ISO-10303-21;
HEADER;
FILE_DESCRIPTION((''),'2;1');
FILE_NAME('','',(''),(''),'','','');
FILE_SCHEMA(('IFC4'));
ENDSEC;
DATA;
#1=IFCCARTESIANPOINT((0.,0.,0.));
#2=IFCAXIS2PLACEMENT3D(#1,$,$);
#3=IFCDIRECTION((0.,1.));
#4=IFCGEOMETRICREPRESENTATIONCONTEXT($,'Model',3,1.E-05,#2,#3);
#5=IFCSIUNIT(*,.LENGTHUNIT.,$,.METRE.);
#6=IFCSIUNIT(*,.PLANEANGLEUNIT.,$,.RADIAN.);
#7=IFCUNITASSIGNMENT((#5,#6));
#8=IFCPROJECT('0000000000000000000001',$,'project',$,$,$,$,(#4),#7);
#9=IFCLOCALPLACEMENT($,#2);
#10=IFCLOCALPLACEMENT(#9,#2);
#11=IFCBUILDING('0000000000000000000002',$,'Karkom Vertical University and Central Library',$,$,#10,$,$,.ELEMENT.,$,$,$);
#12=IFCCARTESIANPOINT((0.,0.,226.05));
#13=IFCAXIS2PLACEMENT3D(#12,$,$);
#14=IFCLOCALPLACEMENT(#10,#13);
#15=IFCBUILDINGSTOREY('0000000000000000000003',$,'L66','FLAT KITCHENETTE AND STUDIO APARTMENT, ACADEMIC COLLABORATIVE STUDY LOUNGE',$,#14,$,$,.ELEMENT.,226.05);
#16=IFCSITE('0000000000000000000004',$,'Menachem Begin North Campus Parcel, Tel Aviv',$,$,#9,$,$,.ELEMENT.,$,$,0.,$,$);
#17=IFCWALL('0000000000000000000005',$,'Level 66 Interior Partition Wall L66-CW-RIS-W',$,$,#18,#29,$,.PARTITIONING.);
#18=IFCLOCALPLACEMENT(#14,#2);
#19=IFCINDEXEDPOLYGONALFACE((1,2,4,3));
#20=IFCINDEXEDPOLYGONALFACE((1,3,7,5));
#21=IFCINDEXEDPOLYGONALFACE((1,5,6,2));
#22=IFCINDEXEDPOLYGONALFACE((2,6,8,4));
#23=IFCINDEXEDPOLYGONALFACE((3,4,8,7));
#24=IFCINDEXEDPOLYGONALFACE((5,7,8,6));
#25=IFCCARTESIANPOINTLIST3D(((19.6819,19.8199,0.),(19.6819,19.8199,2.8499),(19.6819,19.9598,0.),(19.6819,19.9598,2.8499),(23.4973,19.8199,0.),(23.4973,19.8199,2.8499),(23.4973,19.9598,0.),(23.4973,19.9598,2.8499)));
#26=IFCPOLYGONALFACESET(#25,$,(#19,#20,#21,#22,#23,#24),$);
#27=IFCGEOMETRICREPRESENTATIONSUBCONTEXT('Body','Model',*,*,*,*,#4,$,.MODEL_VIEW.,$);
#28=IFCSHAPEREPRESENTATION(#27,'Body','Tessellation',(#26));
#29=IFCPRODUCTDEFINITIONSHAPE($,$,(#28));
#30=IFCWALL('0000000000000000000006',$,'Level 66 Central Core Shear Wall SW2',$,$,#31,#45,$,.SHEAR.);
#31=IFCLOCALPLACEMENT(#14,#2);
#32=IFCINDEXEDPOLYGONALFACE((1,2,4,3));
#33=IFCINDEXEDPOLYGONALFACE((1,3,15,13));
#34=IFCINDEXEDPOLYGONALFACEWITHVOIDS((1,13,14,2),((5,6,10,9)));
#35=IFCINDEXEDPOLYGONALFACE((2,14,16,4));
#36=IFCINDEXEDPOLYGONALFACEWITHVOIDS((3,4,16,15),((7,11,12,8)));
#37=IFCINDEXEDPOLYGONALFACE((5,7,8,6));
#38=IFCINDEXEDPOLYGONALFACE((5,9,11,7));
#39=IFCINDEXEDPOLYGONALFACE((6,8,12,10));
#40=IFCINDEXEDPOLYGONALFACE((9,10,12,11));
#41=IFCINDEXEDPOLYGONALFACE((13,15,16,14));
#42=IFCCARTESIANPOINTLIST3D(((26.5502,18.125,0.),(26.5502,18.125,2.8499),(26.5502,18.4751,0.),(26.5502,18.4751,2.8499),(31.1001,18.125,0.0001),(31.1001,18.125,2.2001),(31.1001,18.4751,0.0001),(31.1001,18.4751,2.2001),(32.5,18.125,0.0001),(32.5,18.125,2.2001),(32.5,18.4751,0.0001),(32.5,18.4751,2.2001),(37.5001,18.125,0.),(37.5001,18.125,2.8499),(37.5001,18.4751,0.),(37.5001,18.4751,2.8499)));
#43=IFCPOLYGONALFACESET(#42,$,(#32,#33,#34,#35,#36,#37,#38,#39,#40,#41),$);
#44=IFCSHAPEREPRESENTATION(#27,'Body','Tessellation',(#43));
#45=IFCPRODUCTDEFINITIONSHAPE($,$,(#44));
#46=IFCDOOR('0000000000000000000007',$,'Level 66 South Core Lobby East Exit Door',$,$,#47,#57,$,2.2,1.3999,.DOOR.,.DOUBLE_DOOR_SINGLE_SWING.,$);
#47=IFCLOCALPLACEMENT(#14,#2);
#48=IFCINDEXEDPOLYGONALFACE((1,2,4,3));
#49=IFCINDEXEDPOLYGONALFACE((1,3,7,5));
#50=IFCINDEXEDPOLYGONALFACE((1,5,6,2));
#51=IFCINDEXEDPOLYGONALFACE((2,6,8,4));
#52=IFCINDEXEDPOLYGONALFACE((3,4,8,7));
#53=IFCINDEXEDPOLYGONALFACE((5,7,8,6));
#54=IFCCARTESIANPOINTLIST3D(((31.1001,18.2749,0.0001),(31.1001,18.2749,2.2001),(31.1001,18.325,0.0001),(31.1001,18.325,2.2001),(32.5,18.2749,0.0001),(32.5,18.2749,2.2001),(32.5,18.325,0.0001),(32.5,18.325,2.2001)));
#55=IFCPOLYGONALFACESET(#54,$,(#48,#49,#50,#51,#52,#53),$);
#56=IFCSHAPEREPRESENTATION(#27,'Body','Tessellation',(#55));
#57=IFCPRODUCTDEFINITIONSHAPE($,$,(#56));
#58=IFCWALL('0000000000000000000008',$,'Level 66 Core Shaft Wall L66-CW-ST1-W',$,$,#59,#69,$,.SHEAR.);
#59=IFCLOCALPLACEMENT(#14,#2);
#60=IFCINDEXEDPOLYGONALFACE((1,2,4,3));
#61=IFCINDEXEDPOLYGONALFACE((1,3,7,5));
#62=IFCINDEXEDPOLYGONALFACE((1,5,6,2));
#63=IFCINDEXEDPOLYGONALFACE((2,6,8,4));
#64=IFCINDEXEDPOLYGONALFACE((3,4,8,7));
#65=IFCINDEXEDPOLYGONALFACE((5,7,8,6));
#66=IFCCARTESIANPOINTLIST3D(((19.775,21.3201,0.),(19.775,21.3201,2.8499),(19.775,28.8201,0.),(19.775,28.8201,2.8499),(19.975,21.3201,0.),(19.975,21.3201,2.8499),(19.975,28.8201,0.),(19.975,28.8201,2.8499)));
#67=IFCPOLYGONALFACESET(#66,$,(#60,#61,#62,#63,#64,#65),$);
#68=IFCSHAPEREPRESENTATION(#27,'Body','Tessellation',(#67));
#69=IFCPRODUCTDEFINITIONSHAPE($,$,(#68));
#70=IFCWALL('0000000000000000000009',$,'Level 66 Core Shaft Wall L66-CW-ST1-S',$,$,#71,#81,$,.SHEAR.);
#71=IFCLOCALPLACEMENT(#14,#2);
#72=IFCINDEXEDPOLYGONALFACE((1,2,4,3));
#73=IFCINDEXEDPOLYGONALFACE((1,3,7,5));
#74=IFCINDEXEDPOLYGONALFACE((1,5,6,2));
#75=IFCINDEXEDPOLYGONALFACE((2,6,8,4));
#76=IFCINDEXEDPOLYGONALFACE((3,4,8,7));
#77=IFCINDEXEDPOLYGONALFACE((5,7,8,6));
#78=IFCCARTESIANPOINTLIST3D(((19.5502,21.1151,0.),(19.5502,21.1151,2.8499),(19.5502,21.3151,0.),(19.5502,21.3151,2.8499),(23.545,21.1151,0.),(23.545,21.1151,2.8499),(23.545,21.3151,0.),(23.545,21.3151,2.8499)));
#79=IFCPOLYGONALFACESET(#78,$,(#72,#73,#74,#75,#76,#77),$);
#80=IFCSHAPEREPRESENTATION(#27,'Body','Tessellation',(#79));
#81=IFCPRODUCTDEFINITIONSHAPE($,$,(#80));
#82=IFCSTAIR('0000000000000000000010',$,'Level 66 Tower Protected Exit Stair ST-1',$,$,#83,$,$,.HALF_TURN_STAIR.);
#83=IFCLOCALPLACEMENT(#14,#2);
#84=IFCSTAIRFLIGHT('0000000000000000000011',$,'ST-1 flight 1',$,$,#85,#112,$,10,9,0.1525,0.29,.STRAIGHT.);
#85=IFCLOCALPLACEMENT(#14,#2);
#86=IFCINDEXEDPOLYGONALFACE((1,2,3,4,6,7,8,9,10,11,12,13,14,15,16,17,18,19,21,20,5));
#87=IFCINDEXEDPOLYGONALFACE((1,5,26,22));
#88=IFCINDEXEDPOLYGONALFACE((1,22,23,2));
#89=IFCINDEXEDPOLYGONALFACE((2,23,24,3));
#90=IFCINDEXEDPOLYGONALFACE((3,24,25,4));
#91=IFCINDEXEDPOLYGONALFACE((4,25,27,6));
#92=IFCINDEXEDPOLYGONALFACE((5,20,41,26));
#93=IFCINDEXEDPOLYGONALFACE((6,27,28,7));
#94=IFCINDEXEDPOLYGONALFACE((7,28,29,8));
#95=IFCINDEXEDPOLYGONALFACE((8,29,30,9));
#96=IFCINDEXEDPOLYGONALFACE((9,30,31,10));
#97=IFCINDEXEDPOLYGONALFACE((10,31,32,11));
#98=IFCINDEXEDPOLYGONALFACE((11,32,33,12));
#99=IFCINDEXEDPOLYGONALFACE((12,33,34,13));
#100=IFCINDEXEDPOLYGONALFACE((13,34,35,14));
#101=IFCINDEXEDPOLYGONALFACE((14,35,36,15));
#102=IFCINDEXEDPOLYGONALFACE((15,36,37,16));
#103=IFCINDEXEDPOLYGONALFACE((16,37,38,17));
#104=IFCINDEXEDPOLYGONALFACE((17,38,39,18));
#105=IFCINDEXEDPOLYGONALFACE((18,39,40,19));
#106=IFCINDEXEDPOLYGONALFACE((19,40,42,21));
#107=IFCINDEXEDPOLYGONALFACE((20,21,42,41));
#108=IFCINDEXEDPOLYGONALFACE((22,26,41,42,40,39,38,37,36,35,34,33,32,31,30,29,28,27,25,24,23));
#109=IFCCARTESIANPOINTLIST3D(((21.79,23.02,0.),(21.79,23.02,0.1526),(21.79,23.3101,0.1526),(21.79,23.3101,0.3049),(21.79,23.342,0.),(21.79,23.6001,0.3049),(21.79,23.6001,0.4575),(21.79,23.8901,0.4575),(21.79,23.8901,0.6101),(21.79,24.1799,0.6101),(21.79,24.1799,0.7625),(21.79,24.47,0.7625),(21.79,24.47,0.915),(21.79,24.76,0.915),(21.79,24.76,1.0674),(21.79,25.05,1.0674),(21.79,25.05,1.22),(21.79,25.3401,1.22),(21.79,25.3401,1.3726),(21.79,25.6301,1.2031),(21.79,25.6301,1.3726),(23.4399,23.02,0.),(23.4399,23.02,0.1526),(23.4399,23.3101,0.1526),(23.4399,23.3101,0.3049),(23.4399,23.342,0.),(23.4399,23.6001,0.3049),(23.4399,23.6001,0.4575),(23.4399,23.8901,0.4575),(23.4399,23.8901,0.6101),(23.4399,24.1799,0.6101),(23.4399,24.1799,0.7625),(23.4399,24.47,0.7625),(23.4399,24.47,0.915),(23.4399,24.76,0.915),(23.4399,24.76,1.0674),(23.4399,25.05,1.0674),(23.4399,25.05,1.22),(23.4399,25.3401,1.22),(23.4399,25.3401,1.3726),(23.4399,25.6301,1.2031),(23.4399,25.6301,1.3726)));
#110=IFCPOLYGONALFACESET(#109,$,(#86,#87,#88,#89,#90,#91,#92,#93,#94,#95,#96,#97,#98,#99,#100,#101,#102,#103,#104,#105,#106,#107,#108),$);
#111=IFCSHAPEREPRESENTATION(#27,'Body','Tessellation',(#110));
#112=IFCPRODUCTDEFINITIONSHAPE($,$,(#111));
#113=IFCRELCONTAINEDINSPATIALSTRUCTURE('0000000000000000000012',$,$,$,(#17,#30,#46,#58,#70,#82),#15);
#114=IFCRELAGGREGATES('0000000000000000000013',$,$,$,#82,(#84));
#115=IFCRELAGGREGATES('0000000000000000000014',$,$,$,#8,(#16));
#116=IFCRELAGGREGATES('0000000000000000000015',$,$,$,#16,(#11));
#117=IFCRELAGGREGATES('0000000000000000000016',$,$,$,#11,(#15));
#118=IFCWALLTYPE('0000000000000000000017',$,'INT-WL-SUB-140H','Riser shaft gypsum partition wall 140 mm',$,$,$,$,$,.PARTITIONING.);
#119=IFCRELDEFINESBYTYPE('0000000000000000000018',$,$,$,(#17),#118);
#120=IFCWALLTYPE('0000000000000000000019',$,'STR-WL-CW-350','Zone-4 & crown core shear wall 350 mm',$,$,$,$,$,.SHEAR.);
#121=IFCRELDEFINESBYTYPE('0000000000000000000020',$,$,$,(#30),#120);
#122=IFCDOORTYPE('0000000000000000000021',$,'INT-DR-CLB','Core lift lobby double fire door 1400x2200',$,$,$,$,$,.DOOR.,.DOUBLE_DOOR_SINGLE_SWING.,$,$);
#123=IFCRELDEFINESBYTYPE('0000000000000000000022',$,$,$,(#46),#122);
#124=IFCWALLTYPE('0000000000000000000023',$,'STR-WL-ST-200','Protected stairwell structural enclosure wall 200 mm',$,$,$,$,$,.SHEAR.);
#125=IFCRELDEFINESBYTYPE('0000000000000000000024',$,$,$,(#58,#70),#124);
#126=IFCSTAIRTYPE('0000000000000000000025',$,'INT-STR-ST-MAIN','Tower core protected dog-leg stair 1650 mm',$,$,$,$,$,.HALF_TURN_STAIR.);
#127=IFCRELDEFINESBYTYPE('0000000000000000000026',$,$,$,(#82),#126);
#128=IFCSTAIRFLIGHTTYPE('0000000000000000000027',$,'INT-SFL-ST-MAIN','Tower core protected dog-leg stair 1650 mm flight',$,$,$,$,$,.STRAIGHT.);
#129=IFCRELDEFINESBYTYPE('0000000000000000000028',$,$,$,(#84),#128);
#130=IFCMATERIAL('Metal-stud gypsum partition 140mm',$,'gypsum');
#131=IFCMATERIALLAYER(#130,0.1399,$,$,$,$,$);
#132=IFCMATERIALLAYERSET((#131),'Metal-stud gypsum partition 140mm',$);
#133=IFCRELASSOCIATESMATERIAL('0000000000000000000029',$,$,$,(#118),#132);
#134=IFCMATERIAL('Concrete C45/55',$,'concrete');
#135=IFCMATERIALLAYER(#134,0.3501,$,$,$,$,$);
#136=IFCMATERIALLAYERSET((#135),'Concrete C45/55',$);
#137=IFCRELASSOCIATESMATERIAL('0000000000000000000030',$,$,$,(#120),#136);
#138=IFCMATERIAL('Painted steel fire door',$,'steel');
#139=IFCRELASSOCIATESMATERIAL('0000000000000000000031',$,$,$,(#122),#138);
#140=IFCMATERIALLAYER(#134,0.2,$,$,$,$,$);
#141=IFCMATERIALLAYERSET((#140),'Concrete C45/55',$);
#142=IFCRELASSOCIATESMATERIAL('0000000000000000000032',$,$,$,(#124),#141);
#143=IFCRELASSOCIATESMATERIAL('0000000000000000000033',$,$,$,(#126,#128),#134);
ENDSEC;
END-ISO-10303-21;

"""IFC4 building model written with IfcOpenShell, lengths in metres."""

from ifc_helpers import new_model, si_unit, direction, frame, frame_2d, origin, origin_with_axes, place, context, subcontext, project, spatial, polyline, rectangle, outline, extrude, source, transform, mapped, material, layer, layer_set, type_object, element, fill, aggregate, save


model = new_model("IFC4")

# Units and contexts
model_context = context("Model", 3, precision=1e-05, world=origin(), true_north=direction((0.0, 1.0)))
body_context = subcontext(model_context, "Body", "Model", "MODEL_VIEW")
ifc_project = project(units=[si_unit("LENGTHUNIT", "METRE"), si_unit("PLANEANGLEUNIT", "RADIAN")], contexts=[model_context])

# Site, building, storey
site_placement = place(None, origin())
site = spatial("IfcSite", under=ifc_project, at=site_placement, Name="Menachem Begin North Campus Parcel, Tel Aviv", CompositionType="ELEMENT", RefElevation=0.0)
building_placement = place(site_placement, origin())
building = spatial("IfcBuilding", under=site, at=building_placement, Name="Karkom Vertical University and Central Library", CompositionType="ELEMENT")
storey_placement = place(building_placement, frame((0.0, 0.0, 226.05)))
storey = spatial("IfcBuildingStorey", under=building, at=storey_placement, Name="L66", Description="FLAT KITCHENETTE AND STUDIO APARTMENT, ACADEMIC COLLABORATIVE STUDY LOUNGE", CompositionType="ELEMENT", Elevation=226.05)

# Shared definitions
ifc_material_1 = material(Name="Concrete C45/55", Category="concrete")

# Shared definitions
ifc_material_2 = material(Name="Metal-stud gypsum partition 140mm", Category="gypsum")

# Wall
ifc_layer_1 = layer(ifc_material_2, 0.1399)
ifc_layer_set_1 = layer_set([ifc_layer_1], Name="Metal-stud gypsum partition 140mm")
wall_type_1 = type_object("IfcWallType", Name="INT-WL-SUB-140H", Description="Riser shaft gypsum partition wall 140 mm", PredefinedType="PARTITIONING", material=ifc_layer_set_1)
wall_1_placement = place(storey_placement, frame((19.6819, 19.8899, 0.0), z_axis=(0.0, 0.0, 1.0), x_axis=(1.0, 0.0, 0.0)))
element("IfcWall", 1, at=wall_1_placement, inside=storey, type_object=wall_type_1, Name="Level 66 Interior Partition Wall L66-CW-RIS-W", PredefinedType="PARTITIONING", context=body_context, shape_type="SweptSolid", body=[
    extrude(rectangle(XDim=3.8154, YDim=0.1399, at=frame_2d((1.9077, 0.0))), origin(), (0.0, 0.0, 1.0), 2.8499),
])

# Wall, opening, door
ifc_layer_2 = layer(ifc_material_1, 0.3501)
ifc_layer_set_2 = layer_set([ifc_layer_2], Name="Concrete C45/55")
wall_type_2 = type_object("IfcWallType", Name="STR-WL-CW-350", Description="Zone-4 & crown core shear wall 350 mm", PredefinedType="SHEAR", material=ifc_layer_set_2)
wall_2_placement = place(storey_placement, frame((26.55, 18.3, 0.0), z_axis=(0.0, 0.0, 1.0), x_axis=(1.0, 0.0, 0.0)))
wall_2 = element("IfcWall", 2, at=wall_2_placement, inside=storey, type_object=wall_type_2, Name="Level 66 Central Core Shear Wall SW2", PredefinedType="SHEAR", context=body_context, shape_type="SweptSolid", body=[
    extrude(rectangle(XDim=10.95, YDim=0.3501, at=frame_2d((5.4751, 0.0))), origin(), (0.0, 0.0, 1.0), 2.8499),
])
opening_1_placement = place(wall_2_placement, frame((4.55, 0.0, 0.0)))
opening_1 = element("IfcOpeningElement", 3, at=opening_1_placement, cuts=wall_2, PredefinedType="OPENING", context=body_context, shape_type="SweptSolid", body=[
    extrude(rectangle(XDim=1.3999, YDim=2.2, at=frame_2d((0.7, 1.1001))), frame((0.0, 0.1851, 0.0), z_axis=(0.0, -1.0, 0.0), x_axis=(1.0, 0.0, 0.0)), (0.0, 0.0, 1.0), 0.3701),
])
ifc_material_3 = material(Name="Painted steel fire door", Category="steel")
door_type_1 = type_object("IfcDoorType", Name="INT-DR-CLB", Description="Core lift lobby double fire door 1400x2200", OperationType="DOUBLE_DOOR_SINGLE_SWING", PredefinedType="DOOR", material=ifc_material_3)
shared_shape_1 = source(origin_with_axes(), body_context, "Body", "SweptSolid", [
    extrude(rectangle(XDim=1.3999, YDim=2.2, at=frame_2d((0.7, 1.1001))), frame((0.0, 0.0249, 0.0), z_axis=(0.0, -1.0, 0.0), x_axis=(1.0, 0.0, 0.0)), (0.0, 0.0, 1.0), 0.05),
])
door_1_placement = place(opening_1_placement, origin())
door_1 = element("IfcDoor", 4, at=door_1_placement, inside=storey, type_object=door_type_1, Name="Level 66 South Core Lobby East Exit Door", OperationType="DOUBLE_DOOR_SINGLE_SWING", OverallHeight=2.2, OverallWidth=1.3999, PredefinedType="DOOR", context=body_context, shape_type="MappedRepresentation", body=[
    mapped(shared_shape_1, transform((0.0, 0.0, 0.0), scale=1.0)),
])
fill(opening_1, door_1)

# Shared definitions
ifc_layer_3 = layer(ifc_material_1, 0.2)
ifc_layer_set_3 = layer_set([ifc_layer_3], Name="Concrete C45/55")
wall_type_3 = type_object("IfcWallType", Name="STR-WL-ST-200", Description="Protected stairwell structural enclosure wall 200 mm", PredefinedType="SHEAR", material=ifc_layer_set_3)

# Walls
wall_3_placement = place(storey_placement, frame((19.875, 21.3201, 0.0), z_axis=(0.0, 0.0, 1.0), x_axis=(0.0, 1.0, 0.0)))
element("IfcWall", 5, at=wall_3_placement, inside=storey, type_object=wall_type_3, Name="Level 66 Core Shaft Wall L66-CW-ST1-W", PredefinedType="SHEAR", context=body_context, shape_type="SweptSolid", body=[
    extrude(rectangle(XDim=7.5, YDim=0.2, at=frame_2d((3.75, 0.0))), origin(), (0.0, 0.0, 1.0), 2.8499),
])
wall_4_placement = place(storey_placement, frame((19.55, 21.2151, 0.0), z_axis=(0.0, 0.0, 1.0), x_axis=(1.0, 0.0, 0.0)))
element("IfcWall", 6, at=wall_4_placement, inside=storey, type_object=wall_type_3, Name="Level 66 Core Shaft Wall L66-CW-ST1-S", PredefinedType="SHEAR", context=body_context, shape_type="SweptSolid", body=[
    extrude(rectangle(XDim=3.9949, YDim=0.2, at=frame_2d((1.9976, 0.0))), origin(), (0.0, 0.0, 1.0), 2.8499),
])

# Stair, stair flight
stair_type = type_object("IfcStairType", Name="INT-STR-ST-MAIN", Description="Tower core protected dog-leg stair 1650 mm", PredefinedType="HALF_TURN_STAIR", material=ifc_material_1)
stair_placement = place(storey_placement, origin())
stair = element("IfcStair", 7, at=stair_placement, inside=storey, type_object=stair_type, Name="Level 66 Tower Protected Exit Stair ST-1", PredefinedType="HALF_TURN_STAIR")
stair_flight_type = type_object("IfcStairFlightType", Name="INT-SFL-ST-MAIN", Description="Tower core protected dog-leg stair 1650 mm flight", PredefinedType="STRAIGHT", material=ifc_material_1)
stair_flight_placement = place(storey_placement, frame((22.615, 23.02, 0.0), z_axis=(0.0, 0.0, 1.0), x_axis=(0.0, 1.0, 0.0)))
stair_flight = element("IfcStairFlight", 8, at=stair_flight_placement, type_object=stair_flight_type, Name="ST-1 flight 1", NumberOfRisers=10, NumberOfTreads=9, PredefinedType="STRAIGHT", RiserHeight=0.1525, TreadLength=0.29, context=body_context, shape_type="SweptSolid", body=[
    extrude(outline(polyline([(0.0, 0.0), (0.0, 0.1526), (0.29, 0.1526), (0.29, 0.3049), (0.5801, 0.3049), (0.5801, 0.4575), (0.8701, 0.4575), (0.8701, 0.6101), (1.1599, 0.6101), (1.1599, 0.7625), (1.45, 0.7625), (1.45, 0.915), (1.74, 0.915), (1.74, 1.0674), (2.03, 1.0674), (2.03, 1.22), (2.3201, 1.22), (2.3201, 1.3726), (2.6101, 1.3726), (2.6101, 1.5249), (2.6101, 1.2031), (0.322, 0.0), (0.0, 0.0)])), frame((0.0, 0.825, 0.0), z_axis=(0.0, -1.0, 0.0), x_axis=(1.0, 0.0, 0.0)), (0.0, 0.0, 1.0), 1.6499),
])
aggregate(stair, [stair_flight])

save(model, "model.ifc")
